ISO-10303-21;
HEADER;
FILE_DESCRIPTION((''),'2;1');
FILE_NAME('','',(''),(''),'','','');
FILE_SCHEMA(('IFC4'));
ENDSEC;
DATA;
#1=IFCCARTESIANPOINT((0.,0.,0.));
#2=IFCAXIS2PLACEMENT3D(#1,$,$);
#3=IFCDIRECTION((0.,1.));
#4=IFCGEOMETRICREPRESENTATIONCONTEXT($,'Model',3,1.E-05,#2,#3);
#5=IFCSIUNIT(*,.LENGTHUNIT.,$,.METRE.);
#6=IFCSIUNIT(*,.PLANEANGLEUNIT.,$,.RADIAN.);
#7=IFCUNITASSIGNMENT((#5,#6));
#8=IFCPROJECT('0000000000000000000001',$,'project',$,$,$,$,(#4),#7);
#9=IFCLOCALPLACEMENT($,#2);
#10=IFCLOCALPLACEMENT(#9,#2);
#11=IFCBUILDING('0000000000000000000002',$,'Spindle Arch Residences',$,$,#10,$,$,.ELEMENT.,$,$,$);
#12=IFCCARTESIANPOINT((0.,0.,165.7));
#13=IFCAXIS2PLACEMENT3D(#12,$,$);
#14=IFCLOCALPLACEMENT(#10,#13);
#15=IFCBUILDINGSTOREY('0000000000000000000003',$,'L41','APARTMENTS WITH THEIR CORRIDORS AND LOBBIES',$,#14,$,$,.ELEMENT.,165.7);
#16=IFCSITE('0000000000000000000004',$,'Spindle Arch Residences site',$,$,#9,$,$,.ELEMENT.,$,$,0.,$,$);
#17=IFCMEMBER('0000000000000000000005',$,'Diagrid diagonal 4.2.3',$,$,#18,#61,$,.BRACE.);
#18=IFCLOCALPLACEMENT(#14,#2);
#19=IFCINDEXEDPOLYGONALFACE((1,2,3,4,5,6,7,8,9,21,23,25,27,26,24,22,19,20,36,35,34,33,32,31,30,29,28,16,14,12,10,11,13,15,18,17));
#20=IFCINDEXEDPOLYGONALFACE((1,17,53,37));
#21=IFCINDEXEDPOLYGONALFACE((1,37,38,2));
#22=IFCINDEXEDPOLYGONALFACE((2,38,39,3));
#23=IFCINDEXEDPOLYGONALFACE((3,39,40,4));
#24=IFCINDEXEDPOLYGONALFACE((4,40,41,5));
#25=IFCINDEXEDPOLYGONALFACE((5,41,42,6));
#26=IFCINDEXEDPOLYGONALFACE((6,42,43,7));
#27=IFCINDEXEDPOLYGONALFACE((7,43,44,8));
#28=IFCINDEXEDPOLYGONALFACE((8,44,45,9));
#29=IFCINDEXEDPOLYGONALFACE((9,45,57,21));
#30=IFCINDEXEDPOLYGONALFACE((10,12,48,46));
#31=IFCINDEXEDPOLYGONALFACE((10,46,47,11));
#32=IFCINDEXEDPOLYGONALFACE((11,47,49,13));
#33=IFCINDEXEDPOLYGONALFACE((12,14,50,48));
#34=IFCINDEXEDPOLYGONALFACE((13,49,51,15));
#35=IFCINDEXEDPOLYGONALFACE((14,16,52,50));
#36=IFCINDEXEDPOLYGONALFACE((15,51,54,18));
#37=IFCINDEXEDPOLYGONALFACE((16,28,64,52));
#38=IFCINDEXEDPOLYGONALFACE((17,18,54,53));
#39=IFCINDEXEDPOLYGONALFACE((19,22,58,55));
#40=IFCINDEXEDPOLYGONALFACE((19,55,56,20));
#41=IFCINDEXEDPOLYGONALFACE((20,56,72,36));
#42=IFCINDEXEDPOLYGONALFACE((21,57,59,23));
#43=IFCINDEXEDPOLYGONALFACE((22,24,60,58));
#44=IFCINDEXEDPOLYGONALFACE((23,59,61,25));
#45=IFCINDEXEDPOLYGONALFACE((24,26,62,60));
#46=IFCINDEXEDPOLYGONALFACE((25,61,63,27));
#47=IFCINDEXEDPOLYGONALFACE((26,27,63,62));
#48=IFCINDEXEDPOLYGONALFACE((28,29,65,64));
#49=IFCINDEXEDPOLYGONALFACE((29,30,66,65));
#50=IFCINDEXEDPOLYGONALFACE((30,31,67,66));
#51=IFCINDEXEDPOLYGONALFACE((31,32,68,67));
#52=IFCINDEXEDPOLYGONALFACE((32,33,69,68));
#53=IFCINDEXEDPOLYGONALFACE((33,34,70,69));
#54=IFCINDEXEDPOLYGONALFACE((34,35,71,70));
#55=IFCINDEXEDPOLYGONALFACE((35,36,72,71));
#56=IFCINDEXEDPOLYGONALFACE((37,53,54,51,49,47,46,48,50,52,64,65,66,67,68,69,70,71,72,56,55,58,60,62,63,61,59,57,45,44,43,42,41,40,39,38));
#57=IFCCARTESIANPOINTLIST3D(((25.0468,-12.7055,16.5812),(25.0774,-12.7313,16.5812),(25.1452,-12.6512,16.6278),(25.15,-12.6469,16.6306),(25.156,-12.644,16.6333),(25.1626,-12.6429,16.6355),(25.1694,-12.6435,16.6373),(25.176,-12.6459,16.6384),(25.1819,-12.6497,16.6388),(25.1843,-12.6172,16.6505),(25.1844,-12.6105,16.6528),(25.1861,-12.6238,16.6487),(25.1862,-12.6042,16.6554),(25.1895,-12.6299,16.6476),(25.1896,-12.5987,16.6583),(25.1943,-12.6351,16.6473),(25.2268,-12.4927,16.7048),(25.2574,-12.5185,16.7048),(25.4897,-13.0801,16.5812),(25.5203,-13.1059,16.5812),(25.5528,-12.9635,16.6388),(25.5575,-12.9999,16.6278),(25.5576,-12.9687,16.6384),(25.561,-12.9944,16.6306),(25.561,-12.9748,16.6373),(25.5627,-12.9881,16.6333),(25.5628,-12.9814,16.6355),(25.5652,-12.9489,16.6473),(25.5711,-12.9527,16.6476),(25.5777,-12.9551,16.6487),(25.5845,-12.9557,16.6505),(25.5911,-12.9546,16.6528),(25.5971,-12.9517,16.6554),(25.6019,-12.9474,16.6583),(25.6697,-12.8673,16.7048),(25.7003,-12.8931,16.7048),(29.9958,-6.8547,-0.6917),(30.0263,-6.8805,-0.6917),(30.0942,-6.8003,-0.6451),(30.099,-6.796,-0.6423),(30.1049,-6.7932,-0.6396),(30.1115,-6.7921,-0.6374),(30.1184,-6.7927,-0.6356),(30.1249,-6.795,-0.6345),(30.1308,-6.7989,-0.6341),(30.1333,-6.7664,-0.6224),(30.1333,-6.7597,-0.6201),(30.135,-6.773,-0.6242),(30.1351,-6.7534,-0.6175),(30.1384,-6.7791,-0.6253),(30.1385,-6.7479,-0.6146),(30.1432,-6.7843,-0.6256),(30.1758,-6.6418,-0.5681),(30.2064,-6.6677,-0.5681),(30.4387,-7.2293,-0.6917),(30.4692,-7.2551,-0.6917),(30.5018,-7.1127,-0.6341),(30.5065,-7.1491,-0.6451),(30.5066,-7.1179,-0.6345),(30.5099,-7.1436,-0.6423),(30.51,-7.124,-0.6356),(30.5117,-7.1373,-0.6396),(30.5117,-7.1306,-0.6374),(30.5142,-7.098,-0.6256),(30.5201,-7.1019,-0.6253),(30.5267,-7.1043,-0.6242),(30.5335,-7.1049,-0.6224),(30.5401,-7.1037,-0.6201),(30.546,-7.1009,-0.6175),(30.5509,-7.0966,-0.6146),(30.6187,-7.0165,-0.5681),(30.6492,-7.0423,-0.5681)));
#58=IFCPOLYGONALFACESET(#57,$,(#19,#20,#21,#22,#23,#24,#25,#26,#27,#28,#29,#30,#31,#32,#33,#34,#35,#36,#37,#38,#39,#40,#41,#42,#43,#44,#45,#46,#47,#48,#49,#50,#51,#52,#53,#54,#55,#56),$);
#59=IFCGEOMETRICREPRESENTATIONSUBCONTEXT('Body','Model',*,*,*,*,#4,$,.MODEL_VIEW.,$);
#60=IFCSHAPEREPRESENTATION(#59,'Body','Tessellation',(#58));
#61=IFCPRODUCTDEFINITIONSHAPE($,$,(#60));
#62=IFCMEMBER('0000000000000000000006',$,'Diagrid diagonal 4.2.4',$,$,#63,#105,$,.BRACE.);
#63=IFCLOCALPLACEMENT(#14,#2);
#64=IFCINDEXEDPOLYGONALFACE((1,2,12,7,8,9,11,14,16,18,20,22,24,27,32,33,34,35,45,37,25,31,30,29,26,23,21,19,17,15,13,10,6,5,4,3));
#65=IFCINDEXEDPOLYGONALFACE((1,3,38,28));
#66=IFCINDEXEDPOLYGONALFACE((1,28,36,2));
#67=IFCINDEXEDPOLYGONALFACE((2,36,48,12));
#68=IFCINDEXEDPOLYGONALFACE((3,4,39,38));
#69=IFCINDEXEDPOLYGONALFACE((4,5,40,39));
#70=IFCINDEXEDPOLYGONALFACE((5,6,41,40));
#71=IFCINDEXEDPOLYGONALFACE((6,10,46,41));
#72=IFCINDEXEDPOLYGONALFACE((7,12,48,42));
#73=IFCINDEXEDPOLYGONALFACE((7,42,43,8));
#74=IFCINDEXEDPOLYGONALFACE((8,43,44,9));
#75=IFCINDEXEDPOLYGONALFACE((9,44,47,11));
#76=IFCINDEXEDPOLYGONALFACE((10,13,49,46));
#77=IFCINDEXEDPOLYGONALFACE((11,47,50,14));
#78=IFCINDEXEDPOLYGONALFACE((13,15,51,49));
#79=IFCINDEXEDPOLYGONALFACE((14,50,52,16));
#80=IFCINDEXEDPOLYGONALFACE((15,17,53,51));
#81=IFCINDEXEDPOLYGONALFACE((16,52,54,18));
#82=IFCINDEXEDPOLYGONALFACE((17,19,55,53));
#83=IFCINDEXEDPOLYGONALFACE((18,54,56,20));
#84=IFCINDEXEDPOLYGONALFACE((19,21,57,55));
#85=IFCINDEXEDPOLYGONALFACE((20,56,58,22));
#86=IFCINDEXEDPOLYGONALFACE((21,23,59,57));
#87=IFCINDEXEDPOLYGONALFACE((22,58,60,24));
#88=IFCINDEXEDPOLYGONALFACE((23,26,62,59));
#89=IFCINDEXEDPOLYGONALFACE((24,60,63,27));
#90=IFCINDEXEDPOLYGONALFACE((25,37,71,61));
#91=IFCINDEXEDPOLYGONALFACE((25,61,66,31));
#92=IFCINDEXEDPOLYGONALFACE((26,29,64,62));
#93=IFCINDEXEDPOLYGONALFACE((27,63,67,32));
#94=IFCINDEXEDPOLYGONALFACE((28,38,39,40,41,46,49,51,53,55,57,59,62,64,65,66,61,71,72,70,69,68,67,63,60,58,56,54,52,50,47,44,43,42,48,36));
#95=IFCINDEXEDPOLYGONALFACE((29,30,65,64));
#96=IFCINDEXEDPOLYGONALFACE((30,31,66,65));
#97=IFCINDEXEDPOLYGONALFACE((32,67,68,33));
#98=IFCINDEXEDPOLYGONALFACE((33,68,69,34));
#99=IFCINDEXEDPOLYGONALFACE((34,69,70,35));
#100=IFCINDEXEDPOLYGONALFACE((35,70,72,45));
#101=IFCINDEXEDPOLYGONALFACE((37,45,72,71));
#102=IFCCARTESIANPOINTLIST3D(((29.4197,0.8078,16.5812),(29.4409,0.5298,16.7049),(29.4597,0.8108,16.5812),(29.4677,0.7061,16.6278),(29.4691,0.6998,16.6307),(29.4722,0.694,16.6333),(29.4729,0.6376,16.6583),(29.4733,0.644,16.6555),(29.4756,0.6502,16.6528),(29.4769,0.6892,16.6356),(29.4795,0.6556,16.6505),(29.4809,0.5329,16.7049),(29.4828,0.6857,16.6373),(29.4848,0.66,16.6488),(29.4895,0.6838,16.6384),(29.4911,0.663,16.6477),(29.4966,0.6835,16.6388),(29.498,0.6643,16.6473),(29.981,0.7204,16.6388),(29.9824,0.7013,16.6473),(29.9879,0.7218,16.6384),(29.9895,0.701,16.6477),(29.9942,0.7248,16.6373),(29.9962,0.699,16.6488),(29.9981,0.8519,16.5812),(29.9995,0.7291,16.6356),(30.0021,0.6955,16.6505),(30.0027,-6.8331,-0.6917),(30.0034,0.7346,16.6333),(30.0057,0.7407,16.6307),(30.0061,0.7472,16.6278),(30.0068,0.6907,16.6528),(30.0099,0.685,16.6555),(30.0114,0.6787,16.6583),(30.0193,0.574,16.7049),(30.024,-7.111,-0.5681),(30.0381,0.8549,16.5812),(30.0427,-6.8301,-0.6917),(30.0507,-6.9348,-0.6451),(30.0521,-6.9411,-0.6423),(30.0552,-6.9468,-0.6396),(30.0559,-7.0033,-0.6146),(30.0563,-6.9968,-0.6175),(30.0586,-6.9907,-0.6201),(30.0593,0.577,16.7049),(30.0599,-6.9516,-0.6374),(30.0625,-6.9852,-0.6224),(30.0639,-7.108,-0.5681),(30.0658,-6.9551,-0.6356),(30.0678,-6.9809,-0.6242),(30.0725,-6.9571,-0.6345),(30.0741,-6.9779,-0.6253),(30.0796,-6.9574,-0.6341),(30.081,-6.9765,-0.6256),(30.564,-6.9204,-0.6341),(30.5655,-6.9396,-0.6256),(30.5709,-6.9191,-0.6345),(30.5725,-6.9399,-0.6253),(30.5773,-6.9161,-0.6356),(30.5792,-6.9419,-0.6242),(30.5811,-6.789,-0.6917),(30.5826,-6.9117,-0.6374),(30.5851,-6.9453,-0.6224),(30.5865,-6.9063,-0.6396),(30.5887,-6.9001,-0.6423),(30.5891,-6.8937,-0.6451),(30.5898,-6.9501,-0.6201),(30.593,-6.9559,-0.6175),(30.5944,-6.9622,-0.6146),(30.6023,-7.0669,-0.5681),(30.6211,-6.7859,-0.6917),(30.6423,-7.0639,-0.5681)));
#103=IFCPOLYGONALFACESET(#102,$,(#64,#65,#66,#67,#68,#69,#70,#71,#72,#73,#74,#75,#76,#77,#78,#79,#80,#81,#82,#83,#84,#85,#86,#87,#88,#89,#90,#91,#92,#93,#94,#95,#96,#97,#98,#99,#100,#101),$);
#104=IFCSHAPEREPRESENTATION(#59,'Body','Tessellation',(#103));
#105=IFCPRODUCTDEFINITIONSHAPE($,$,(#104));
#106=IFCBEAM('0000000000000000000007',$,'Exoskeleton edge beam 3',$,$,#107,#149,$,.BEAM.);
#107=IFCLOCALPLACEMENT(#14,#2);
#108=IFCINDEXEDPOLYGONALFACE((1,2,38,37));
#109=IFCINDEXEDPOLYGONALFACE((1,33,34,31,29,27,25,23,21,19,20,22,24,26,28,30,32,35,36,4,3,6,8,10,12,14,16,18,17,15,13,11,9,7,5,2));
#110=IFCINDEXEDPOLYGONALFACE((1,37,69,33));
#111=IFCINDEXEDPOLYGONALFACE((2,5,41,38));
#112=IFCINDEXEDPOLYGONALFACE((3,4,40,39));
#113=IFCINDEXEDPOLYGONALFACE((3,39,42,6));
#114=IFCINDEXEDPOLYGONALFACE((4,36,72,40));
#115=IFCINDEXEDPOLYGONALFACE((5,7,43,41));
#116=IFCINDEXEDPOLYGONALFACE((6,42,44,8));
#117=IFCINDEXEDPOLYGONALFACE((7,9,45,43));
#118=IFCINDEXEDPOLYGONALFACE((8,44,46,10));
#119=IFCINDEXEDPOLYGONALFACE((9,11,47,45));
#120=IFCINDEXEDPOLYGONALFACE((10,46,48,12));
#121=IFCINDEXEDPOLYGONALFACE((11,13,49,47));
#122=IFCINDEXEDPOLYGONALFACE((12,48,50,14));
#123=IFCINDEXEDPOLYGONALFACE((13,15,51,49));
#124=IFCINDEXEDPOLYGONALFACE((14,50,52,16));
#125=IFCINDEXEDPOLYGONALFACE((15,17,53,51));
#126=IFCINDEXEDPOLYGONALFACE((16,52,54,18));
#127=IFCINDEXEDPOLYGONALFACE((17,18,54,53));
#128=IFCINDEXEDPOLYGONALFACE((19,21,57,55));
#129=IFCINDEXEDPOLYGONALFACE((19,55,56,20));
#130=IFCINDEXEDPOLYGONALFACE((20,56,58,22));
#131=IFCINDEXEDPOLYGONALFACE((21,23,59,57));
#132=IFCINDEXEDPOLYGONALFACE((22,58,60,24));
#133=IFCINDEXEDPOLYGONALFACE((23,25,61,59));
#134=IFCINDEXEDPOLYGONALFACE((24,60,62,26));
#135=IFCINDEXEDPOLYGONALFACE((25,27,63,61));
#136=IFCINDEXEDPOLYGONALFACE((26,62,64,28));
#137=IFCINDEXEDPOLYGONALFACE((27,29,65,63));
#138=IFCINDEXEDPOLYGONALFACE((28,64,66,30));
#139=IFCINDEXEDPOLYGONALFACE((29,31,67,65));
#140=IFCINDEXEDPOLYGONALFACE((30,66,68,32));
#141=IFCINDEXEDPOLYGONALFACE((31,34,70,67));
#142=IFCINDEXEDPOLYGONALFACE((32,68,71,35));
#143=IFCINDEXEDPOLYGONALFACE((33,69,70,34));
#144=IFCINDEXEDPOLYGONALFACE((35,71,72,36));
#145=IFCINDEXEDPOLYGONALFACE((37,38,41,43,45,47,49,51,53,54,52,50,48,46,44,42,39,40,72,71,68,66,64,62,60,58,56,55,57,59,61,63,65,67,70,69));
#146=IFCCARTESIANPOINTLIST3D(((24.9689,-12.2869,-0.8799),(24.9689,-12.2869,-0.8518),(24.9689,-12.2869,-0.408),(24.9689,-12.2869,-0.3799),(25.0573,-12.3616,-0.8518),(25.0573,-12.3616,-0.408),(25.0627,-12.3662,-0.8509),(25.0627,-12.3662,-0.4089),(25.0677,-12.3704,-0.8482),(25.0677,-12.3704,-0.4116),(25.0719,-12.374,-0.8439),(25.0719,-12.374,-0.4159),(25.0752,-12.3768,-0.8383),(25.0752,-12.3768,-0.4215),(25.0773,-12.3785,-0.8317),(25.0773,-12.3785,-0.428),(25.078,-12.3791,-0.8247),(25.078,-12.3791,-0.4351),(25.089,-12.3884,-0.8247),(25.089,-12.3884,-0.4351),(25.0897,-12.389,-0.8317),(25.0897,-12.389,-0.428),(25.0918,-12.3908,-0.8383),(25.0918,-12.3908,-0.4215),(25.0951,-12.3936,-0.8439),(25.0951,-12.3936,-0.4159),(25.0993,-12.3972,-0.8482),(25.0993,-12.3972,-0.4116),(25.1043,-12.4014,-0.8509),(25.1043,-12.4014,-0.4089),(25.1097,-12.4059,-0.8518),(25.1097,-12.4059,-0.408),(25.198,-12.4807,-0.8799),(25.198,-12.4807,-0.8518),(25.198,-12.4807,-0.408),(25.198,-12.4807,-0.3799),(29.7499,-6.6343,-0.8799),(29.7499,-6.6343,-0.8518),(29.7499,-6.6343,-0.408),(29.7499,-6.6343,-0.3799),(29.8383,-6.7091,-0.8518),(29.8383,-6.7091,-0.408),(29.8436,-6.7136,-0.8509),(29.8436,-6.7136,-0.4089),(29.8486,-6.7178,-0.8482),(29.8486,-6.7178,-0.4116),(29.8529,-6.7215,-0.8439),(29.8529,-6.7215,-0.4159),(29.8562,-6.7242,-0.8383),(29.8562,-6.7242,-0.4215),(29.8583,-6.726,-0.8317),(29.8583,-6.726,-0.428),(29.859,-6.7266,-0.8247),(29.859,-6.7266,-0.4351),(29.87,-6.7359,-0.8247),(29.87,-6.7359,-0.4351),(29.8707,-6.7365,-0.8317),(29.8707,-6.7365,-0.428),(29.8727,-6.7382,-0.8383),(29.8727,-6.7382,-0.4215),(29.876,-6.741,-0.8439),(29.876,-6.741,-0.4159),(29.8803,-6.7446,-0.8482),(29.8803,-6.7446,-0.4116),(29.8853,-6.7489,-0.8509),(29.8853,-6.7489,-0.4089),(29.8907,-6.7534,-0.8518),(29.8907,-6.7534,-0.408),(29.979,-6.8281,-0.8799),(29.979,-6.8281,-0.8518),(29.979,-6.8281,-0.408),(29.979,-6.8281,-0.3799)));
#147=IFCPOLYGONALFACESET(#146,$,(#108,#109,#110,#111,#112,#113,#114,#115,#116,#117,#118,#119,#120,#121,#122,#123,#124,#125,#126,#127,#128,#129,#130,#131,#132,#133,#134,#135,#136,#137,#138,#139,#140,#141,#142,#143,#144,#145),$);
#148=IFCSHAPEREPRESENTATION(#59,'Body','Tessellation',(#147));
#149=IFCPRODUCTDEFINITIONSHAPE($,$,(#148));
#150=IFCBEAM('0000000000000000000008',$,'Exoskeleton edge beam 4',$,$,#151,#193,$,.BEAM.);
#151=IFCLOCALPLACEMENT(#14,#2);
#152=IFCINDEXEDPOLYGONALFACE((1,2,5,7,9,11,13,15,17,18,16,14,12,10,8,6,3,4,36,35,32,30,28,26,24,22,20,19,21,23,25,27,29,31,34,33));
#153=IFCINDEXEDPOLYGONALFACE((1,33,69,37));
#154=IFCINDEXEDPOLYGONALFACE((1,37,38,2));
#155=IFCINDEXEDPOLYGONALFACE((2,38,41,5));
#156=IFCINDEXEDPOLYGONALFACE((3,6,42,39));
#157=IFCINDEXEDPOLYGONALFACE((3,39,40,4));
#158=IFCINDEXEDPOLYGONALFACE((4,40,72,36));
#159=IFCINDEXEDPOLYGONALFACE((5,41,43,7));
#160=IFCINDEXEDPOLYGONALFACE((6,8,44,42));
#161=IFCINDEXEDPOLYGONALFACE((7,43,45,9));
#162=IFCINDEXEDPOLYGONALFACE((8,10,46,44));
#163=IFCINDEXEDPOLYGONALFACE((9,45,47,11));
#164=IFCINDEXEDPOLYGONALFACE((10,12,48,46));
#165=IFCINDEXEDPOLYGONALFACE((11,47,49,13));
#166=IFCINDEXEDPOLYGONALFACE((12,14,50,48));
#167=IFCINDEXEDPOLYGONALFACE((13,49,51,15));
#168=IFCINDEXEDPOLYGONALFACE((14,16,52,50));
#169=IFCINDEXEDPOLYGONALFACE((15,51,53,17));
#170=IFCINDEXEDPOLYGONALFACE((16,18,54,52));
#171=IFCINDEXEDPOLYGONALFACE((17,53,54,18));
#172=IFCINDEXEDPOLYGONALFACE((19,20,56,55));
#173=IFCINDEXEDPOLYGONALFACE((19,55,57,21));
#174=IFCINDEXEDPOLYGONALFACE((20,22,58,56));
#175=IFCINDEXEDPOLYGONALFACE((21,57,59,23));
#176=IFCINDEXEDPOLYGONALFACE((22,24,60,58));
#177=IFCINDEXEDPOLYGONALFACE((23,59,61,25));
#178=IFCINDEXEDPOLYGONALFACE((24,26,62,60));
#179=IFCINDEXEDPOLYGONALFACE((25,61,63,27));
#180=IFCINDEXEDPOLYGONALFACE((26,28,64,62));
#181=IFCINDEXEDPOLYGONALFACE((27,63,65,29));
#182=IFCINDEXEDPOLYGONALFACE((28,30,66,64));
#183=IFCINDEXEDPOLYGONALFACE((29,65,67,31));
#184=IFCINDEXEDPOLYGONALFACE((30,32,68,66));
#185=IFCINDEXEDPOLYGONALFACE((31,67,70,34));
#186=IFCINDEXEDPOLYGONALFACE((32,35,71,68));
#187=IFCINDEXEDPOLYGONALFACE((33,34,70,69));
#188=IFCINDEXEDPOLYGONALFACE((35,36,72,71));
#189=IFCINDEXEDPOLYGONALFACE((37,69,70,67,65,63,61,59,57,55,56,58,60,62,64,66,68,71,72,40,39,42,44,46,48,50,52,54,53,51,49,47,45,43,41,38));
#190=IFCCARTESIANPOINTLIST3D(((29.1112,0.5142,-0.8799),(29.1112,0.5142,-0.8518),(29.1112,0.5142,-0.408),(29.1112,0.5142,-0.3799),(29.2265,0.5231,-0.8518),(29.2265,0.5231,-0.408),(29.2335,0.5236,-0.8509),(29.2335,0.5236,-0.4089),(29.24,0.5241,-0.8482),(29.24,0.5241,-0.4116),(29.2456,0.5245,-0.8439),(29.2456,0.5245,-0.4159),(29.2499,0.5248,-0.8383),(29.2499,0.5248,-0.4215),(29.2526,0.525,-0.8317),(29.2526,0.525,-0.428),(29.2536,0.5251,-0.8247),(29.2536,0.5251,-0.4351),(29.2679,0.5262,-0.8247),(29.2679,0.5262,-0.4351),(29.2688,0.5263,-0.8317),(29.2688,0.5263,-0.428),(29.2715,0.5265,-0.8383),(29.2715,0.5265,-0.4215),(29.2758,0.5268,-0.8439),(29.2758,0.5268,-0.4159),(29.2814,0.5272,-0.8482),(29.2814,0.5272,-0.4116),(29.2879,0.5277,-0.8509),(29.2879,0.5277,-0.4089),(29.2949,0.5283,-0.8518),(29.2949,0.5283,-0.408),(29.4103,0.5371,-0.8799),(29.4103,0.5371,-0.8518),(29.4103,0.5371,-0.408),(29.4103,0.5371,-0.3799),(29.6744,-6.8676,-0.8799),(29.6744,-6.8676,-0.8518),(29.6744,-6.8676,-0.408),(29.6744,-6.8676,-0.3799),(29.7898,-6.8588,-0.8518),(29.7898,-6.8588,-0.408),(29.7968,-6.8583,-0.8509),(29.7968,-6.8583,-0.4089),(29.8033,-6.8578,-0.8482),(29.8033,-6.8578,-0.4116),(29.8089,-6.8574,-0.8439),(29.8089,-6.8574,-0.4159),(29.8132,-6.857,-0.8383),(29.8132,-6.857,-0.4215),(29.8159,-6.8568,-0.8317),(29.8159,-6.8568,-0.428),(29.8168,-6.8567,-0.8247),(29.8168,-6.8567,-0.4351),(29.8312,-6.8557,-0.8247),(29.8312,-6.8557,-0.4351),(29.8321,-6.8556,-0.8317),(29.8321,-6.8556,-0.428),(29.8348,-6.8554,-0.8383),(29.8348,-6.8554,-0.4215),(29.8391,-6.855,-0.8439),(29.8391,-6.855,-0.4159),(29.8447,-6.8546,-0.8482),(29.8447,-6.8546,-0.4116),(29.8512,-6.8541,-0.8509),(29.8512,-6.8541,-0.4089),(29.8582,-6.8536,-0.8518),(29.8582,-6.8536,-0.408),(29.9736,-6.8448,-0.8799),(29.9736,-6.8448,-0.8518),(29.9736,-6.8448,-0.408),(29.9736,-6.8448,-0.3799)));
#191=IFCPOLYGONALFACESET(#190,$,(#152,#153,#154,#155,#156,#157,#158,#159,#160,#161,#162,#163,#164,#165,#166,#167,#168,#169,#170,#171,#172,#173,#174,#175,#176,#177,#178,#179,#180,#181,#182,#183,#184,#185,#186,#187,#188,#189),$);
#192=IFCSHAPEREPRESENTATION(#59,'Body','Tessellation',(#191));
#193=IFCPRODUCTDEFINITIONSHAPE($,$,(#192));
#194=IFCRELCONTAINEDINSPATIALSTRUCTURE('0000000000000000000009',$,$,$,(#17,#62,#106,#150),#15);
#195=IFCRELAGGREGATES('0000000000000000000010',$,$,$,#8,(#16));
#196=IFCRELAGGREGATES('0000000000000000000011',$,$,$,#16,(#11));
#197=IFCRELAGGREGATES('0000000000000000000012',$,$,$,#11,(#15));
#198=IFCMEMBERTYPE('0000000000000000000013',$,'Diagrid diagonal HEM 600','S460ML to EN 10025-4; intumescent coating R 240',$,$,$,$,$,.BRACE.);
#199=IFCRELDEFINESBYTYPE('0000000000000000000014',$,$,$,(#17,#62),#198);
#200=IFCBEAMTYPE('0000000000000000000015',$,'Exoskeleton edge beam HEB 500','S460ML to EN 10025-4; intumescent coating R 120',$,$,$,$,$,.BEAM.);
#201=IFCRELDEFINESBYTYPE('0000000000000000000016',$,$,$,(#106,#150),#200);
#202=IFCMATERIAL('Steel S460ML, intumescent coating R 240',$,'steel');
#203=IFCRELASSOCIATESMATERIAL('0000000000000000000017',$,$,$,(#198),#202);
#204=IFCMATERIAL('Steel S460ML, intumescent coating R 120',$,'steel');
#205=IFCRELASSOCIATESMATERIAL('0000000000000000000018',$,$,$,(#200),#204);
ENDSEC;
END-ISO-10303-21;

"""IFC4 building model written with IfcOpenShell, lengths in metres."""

from ifc_helpers import new_model, si_unit, direction, frame, origin, origin_2d, place, context, subcontext, project, spatial, i_section, extrude, material, material_profile, profile_set, type_object, element, save


model = new_model("IFC4")

# Units and contexts
model_context = context("Model", 3, precision=1e-05, world=origin(), true_north=direction((0.0, 1.0)))
body_context = subcontext(model_context, "Body", "Model", "MODEL_VIEW")
ifc_project = project(units=[si_unit("LENGTHUNIT", "METRE"), si_unit("PLANEANGLEUNIT", "RADIAN")], contexts=[model_context])

# Site, building, storey
site_placement = place(None, origin())
site = spatial("IfcSite", under=ifc_project, at=site_placement, Name="Spindle Arch Residences site", CompositionType="ELEMENT", RefElevation=0.0)
building_placement = place(site_placement, origin())
building = spatial("IfcBuilding", under=site, at=building_placement, Name="Spindle Arch Residences", CompositionType="ELEMENT")
storey_placement = place(building_placement, frame((0.0, 0.0, 165.7)))
storey = spatial("IfcBuildingStorey", under=building, at=storey_placement, Name="L41", Description="APARTMENTS WITH THEIR CORRIDORS AND LOBBIES", CompositionType="ELEMENT", Elevation=165.7)

# Members
ifc_material_1 = material(Name="Steel S460ML, intumescent coating R 240", Category="steel")
ifc_material_profile_1 = material_profile(ifc_material_1, i_section(OverallWidth=0.3049, OverallDepth=0.6201, WebThickness=0.021, FlangeThickness=0.04, FilletRadius=0.0271, at=origin_2d()), Name="HEM 600")
ifc_profile_set_1 = profile_set([ifc_material_profile_1], Name="Steel S460ML, intumescent coating R 240")
member_type_1 = type_object("IfcMemberType", Name="Diagrid diagonal HEM 600", Description="S460ML to EN 10025-4; intumescent coating R 240", PredefinedType="BRACE", material=ifc_profile_set_1)
for number, where, z_axis, x_axis, name in (
    (1, (30.3225, -6.9485, -0.6299), (-0.261898, -0.309624, 0.91408), (0.590323, 0.697898, 0.405534), "Diagrid diagonal 4.2.3"),
    (2, (30.3225, -6.9485, -0.6299), (-0.030853, 0.404354, 0.914082), (0.069543, -0.911433, 0.405529), "Diagrid diagonal 4.2.4"),
):
    element("IfcMember", number, at=place(storey_placement, frame(where, z_axis=z_axis, x_axis=x_axis)), inside=storey, type_object=member_type_1, Name=name, PredefinedType="BRACE", context=body_context, shape_type="SweptSolid", body=[
        extrude(i_section(OverallWidth=0.3049, OverallDepth=0.6201, WebThickness=0.021, FlangeThickness=0.04, FilletRadius=0.0271, at=origin_2d()), origin(), (0.0, 0.0, 1.0), 18.8965),
    ])

# Beams
ifc_material_2 = material(Name="Steel S460ML, intumescent coating R 120", Category="steel")
ifc_material_profile_2 = material_profile(ifc_material_2, i_section(OverallWidth=0.3, OverallDepth=0.5, WebThickness=0.0144, FlangeThickness=0.0281, FilletRadius=0.0271, at=origin_2d()), Name="HEB 500")
ifc_profile_set_2 = profile_set([ifc_material_profile_2], Name="Steel S460ML, intumescent coating R 120")
beam_type_1 = type_object("IfcBeamType", Name="Exoskeleton edge beam HEB 500", Description="S460ML to EN 10025-4; intumescent coating R 120", PredefinedType="BEAM", material=ifc_profile_set_2)
for number, where, z_axis, x_axis, name in (
    (3, (25.0835, -12.3838, -0.6299), (0.645788, 0.763516, 0.0), (-0.763516, 0.645788, 0.0), "Exoskeleton edge beam 3"),
    (4, (29.824, -6.8562, -0.6299), (-0.076079, 0.997102, 0.0), (-0.997102, -0.076079, 0.0), "Exoskeleton edge beam 4"),
):
    element("IfcBeam", number, at=place(storey_placement, frame(where, z_axis=z_axis, x_axis=x_axis)), inside=storey, type_object=beam_type_1, Name=name, PredefinedType="BEAM", context=body_context, shape_type="SweptSolid", body=[
        extrude(i_section(OverallWidth=0.3, OverallDepth=0.5, WebThickness=0.0144, FlangeThickness=0.0281, FilletRadius=0.0271, at=origin_2d()), origin(), (0.0, 0.0, 1.0), 7.4033),
    ])

save(model, "model.ifc")
